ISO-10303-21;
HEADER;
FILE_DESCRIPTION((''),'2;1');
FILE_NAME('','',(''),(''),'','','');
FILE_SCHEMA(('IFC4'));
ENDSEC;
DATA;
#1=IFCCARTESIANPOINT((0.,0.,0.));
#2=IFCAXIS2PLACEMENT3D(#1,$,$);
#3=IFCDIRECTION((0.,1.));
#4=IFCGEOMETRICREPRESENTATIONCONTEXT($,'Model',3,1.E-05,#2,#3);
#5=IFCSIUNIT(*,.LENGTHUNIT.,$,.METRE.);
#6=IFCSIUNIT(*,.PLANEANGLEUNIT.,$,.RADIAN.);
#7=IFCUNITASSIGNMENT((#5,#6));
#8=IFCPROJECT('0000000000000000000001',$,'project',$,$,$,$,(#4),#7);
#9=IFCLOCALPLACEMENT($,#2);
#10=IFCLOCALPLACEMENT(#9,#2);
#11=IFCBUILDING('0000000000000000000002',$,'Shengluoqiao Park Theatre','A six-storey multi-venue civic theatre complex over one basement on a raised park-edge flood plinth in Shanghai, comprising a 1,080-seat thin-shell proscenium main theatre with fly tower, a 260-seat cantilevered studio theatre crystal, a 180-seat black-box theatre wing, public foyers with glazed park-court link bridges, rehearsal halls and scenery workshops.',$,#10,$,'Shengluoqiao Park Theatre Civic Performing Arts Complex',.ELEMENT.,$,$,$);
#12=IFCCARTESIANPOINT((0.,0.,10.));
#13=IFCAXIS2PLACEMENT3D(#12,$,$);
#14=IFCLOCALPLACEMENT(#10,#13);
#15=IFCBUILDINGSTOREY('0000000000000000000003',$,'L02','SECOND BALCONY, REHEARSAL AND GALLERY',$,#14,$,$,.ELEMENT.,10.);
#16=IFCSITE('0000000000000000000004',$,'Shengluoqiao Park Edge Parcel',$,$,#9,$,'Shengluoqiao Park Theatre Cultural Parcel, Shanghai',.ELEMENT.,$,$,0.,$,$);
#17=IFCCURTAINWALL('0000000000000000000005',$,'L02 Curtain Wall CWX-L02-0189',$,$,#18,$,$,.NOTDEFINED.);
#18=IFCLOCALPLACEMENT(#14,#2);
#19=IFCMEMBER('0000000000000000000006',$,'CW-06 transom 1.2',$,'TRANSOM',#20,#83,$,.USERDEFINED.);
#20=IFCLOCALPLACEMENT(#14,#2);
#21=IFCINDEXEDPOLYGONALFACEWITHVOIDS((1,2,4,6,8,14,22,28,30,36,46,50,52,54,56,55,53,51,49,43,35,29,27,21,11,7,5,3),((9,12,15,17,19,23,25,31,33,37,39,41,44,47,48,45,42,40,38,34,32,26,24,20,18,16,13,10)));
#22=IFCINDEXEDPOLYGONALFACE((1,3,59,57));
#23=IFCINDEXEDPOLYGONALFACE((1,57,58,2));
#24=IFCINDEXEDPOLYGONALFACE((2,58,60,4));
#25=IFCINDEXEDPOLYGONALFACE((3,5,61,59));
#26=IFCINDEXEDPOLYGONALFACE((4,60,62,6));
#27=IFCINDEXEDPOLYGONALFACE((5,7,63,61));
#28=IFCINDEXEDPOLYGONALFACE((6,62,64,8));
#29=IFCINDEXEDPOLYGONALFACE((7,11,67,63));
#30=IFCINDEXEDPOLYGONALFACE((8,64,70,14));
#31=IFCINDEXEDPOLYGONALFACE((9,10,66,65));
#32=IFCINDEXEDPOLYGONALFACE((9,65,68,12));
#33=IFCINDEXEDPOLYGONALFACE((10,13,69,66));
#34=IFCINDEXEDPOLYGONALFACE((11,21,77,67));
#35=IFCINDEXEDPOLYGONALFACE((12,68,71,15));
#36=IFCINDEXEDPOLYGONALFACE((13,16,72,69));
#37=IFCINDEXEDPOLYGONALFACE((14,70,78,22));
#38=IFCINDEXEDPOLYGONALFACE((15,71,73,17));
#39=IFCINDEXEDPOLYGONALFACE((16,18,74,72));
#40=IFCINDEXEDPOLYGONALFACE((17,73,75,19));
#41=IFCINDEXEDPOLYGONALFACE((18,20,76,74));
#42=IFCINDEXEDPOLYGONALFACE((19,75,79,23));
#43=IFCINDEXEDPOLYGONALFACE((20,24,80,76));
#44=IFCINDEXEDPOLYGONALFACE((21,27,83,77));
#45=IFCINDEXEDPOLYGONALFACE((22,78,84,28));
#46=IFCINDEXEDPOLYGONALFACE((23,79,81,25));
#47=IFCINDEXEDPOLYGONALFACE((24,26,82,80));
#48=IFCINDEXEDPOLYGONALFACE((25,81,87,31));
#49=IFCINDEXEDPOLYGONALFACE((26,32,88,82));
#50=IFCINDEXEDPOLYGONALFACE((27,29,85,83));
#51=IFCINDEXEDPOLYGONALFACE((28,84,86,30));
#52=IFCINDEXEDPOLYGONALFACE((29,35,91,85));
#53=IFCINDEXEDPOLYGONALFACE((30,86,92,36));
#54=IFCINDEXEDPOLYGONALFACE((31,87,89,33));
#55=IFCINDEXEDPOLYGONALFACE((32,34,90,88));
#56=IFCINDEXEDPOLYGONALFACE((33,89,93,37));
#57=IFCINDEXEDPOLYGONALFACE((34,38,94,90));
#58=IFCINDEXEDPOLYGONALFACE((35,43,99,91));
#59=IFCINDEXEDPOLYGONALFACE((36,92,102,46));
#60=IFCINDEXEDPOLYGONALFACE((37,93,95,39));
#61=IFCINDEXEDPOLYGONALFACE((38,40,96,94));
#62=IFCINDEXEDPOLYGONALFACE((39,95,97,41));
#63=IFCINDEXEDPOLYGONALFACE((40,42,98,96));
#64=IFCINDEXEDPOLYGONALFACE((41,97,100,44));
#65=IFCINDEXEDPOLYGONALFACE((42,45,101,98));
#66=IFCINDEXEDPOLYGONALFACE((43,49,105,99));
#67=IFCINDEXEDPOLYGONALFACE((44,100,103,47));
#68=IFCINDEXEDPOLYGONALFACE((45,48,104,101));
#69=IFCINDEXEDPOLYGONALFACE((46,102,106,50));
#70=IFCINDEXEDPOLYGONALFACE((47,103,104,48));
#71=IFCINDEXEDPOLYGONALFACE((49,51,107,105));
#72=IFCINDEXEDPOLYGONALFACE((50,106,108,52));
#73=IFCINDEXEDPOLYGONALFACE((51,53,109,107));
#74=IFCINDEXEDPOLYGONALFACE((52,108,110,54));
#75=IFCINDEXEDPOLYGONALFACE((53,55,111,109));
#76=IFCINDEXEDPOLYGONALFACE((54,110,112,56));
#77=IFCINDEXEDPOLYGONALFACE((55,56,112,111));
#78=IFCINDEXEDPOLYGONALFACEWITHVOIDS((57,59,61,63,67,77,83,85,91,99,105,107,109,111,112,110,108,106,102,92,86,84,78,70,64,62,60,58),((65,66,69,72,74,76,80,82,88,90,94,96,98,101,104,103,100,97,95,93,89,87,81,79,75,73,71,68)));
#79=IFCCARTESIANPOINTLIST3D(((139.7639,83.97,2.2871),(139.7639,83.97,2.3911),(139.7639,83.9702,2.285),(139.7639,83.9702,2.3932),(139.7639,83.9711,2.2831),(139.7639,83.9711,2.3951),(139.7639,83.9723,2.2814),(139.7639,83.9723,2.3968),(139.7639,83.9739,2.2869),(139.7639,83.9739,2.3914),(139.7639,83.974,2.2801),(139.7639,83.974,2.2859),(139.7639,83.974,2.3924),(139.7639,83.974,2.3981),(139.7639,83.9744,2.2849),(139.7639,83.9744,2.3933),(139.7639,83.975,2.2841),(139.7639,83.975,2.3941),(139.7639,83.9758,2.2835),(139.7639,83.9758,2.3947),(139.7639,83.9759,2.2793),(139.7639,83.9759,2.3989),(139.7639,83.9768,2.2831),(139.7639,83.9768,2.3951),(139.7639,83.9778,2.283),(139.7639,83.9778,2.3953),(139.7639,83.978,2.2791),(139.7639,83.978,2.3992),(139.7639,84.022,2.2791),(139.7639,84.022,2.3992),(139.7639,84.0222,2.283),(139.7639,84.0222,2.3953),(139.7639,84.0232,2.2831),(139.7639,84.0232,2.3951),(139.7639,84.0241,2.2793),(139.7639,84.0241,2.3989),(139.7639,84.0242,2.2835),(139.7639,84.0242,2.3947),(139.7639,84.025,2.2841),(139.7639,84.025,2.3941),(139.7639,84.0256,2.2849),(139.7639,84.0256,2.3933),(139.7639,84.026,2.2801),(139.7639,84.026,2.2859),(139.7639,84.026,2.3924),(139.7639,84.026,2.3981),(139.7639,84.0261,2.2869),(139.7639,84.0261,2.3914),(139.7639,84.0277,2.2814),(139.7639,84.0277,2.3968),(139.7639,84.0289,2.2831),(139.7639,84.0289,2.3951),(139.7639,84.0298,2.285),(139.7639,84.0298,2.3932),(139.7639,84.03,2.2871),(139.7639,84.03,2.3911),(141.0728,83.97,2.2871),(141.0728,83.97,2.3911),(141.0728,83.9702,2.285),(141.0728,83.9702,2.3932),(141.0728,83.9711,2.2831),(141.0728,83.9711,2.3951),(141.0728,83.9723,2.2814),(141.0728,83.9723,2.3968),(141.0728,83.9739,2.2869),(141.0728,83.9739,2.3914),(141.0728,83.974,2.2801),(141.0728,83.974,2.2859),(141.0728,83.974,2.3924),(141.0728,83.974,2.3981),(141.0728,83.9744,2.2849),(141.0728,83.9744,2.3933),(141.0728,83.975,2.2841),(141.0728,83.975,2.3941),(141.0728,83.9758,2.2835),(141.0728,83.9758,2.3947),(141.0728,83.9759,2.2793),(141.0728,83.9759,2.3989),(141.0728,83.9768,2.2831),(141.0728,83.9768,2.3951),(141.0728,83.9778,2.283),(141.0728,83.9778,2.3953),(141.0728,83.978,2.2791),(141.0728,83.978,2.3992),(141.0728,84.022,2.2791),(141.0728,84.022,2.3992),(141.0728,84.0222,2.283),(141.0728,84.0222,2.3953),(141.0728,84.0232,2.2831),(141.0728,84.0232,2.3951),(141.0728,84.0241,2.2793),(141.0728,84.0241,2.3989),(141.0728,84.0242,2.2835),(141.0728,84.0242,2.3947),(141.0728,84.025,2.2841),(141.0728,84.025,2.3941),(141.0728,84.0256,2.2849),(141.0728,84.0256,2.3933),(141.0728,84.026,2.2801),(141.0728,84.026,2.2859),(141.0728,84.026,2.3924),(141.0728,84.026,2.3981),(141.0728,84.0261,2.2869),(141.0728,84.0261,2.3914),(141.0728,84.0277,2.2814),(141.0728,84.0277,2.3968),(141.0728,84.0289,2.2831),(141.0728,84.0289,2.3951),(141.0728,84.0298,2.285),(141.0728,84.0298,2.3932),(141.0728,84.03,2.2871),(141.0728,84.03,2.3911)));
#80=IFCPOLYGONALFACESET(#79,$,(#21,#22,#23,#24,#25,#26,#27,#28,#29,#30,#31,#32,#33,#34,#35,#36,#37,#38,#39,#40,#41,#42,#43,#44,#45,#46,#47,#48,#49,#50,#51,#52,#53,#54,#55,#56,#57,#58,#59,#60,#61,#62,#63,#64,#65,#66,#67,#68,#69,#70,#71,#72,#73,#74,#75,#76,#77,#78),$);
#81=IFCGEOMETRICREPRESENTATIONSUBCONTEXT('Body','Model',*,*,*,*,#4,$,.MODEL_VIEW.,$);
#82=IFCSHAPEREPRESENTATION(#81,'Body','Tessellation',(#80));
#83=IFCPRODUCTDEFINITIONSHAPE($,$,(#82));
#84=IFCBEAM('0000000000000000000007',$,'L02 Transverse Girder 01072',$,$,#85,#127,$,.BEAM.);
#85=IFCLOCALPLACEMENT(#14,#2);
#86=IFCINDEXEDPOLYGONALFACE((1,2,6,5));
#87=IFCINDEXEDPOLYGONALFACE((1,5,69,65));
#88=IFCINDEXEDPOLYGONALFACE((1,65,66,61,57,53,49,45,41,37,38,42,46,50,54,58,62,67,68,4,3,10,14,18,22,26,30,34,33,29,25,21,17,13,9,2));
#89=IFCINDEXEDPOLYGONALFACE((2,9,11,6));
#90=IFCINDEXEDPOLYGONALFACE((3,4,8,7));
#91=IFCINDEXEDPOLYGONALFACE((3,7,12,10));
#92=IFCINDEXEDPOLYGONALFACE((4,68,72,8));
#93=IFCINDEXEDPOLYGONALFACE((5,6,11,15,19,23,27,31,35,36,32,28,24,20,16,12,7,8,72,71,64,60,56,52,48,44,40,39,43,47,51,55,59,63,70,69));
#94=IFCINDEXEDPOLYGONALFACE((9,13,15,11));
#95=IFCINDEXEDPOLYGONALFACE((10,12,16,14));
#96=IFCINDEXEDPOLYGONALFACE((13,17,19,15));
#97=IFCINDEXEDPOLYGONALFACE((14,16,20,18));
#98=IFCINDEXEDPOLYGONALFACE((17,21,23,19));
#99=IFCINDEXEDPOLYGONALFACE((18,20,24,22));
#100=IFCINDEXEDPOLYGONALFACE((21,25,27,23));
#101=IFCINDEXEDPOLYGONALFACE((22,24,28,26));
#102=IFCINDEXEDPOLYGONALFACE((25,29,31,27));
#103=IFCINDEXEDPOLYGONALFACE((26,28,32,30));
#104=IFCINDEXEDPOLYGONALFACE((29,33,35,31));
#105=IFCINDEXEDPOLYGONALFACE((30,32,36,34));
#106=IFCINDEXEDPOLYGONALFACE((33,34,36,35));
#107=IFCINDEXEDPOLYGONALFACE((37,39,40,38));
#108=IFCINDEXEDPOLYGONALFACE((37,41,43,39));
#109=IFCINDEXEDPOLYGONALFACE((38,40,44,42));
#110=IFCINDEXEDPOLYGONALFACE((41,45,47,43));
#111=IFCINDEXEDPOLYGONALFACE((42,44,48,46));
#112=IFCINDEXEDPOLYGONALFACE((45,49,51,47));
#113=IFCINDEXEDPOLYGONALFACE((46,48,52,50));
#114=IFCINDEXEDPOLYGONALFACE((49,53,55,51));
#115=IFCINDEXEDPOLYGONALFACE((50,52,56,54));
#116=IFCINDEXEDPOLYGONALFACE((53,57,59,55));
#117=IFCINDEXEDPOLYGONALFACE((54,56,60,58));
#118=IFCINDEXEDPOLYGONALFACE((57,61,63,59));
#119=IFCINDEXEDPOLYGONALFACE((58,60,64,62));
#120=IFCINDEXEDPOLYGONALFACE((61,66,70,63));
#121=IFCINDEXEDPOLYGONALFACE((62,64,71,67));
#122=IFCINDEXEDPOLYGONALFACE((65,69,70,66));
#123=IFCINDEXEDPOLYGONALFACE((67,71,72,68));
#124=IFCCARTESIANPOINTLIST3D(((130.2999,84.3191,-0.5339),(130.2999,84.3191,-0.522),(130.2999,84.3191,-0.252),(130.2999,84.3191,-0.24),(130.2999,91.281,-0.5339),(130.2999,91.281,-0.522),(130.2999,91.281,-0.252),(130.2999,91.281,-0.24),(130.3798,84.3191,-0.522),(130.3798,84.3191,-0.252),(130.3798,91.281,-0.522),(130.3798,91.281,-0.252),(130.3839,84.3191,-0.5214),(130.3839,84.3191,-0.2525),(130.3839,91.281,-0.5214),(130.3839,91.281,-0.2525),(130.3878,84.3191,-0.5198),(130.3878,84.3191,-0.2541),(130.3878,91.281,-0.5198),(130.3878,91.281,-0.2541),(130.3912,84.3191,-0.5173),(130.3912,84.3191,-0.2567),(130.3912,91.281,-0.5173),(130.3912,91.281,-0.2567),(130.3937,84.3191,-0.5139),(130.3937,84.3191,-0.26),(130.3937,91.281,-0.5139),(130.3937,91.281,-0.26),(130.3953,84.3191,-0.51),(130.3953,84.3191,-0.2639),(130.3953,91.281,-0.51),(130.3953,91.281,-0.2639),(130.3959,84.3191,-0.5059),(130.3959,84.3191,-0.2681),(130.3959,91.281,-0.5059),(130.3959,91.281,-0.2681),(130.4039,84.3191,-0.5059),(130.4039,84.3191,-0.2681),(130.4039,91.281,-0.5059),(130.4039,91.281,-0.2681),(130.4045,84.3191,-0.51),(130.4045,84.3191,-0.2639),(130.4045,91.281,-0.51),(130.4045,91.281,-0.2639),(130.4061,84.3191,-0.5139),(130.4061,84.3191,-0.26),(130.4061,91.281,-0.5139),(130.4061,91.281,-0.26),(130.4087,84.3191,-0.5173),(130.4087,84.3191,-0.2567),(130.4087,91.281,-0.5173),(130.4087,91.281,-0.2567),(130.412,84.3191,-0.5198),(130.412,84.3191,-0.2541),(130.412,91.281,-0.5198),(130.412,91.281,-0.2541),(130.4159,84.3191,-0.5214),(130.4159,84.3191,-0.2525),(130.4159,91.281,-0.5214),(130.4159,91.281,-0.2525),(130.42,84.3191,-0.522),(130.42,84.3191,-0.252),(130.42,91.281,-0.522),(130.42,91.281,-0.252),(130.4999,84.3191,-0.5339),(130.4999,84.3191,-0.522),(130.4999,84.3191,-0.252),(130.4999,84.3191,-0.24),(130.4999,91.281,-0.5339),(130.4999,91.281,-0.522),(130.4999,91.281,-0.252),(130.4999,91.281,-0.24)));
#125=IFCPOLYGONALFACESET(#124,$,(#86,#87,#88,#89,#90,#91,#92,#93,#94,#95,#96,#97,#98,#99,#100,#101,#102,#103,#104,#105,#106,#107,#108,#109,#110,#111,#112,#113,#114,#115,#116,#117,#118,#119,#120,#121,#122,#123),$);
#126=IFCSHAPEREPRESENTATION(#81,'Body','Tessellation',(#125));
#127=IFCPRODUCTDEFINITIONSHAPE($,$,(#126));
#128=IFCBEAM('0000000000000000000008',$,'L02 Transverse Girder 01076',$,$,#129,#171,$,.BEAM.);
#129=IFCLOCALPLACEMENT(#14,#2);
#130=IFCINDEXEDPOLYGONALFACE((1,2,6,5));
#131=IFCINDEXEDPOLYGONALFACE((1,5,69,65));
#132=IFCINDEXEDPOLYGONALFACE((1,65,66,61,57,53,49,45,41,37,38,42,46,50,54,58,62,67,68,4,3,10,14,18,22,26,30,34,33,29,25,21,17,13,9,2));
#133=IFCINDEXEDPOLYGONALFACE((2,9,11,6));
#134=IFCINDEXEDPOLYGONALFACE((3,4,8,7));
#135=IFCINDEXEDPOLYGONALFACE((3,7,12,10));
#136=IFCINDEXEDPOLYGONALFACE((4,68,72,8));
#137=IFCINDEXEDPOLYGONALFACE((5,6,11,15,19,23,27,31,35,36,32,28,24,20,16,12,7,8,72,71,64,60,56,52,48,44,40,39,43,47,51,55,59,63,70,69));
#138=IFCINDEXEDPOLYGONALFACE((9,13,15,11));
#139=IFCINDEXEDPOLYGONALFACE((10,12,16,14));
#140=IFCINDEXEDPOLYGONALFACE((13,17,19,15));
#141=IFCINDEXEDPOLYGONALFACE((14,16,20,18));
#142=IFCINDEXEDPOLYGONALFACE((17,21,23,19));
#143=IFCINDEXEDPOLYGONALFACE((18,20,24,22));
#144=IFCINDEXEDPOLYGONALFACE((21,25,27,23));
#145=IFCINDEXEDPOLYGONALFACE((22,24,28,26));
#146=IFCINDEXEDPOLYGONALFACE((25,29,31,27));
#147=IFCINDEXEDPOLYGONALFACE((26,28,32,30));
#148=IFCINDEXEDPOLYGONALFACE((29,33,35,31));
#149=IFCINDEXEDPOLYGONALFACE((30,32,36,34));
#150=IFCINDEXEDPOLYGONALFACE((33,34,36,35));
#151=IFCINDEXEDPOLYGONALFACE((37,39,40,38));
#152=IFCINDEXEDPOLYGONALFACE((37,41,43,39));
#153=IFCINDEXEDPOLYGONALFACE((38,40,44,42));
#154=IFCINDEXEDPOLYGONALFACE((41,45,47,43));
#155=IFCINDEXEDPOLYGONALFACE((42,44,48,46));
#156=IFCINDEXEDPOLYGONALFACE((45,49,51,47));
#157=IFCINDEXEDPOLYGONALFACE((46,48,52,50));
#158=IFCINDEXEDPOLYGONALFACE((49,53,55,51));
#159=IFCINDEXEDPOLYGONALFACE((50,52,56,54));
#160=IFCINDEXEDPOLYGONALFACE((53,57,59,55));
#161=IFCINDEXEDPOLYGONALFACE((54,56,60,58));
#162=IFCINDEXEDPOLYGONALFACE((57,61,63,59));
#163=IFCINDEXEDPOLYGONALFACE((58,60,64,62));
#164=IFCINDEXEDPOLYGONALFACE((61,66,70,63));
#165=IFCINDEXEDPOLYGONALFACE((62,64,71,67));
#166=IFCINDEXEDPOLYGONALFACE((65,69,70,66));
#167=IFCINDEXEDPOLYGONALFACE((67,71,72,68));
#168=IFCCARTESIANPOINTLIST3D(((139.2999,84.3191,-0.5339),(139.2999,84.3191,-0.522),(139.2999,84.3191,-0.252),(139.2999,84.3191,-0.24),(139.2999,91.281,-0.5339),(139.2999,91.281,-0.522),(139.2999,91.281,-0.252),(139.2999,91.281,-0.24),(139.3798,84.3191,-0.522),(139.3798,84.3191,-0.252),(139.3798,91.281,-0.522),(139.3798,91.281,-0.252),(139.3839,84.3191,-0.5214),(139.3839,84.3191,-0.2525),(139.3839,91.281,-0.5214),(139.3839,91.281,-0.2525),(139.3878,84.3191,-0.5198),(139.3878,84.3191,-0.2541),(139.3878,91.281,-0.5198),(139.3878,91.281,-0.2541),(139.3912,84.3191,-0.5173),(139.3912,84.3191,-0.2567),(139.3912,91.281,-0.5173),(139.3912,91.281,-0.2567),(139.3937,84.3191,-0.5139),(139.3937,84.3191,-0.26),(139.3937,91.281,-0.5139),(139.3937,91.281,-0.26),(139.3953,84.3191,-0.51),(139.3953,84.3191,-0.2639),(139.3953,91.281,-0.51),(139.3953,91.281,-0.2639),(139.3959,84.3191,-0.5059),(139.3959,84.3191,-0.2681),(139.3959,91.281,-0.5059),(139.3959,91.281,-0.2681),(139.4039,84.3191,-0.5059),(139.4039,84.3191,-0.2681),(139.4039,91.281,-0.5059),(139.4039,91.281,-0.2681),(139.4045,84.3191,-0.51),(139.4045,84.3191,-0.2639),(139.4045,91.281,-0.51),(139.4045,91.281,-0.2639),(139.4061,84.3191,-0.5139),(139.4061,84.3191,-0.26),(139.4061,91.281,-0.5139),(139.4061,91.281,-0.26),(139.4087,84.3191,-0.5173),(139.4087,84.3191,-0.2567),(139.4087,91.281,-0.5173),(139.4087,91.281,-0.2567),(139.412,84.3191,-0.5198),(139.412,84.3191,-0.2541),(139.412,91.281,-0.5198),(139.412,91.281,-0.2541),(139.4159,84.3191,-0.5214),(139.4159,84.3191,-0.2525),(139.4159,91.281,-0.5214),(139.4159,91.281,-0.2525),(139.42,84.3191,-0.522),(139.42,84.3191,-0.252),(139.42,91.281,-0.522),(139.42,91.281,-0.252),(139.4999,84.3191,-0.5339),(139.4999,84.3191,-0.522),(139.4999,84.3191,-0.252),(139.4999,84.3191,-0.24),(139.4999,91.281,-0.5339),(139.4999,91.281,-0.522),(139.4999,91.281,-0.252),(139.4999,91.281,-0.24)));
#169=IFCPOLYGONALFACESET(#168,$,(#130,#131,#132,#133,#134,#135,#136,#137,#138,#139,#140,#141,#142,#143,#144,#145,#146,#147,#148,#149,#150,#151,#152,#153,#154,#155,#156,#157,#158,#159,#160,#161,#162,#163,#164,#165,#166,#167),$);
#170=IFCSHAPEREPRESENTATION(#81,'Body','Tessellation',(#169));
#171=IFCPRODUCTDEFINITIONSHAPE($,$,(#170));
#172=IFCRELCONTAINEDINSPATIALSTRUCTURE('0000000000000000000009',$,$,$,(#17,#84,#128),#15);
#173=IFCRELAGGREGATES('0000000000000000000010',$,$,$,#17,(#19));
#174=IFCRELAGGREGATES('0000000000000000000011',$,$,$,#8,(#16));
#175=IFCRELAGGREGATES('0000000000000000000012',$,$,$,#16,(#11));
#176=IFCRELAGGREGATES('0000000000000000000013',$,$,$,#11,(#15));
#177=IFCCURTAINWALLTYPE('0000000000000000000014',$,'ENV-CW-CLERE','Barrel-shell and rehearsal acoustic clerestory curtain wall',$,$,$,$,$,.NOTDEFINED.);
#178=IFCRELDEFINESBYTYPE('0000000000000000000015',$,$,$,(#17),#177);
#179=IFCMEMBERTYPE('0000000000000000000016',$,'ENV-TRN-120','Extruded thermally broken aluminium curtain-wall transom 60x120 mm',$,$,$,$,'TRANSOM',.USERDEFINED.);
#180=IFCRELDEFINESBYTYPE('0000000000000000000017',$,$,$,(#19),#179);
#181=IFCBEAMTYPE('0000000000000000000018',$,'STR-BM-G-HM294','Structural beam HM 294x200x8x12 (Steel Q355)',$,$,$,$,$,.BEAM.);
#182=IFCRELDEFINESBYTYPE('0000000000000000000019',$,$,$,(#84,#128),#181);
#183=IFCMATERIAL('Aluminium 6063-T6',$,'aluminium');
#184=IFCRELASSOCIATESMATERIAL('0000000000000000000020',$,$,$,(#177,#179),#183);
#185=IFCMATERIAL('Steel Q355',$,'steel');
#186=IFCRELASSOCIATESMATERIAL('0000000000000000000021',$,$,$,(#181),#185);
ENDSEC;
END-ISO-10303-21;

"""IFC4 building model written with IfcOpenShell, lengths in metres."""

from ifc_helpers import new_model, si_unit, direction, frame, origin, origin_2d, place, context, subcontext, project, spatial, hollow_rectangle, i_section, extrude, material, material_profile, profile_set, type_object, element, aggregate, save


model = new_model("IFC4")

# Units and contexts
model_context = context("Model", 3, precision=1e-05, world=origin(), true_north=direction((0.0, 1.0)))
body_context = subcontext(model_context, "Body", "Model", "MODEL_VIEW")
ifc_project = project(units=[si_unit("LENGTHUNIT", "METRE"), si_unit("PLANEANGLEUNIT", "RADIAN")], contexts=[model_context])

# Site, building, storey
site_placement = place(None, origin())
site = spatial("IfcSite", under=ifc_project, at=site_placement, Name="Shengluoqiao Park Edge Parcel", LongName="Shengluoqiao Park Theatre Cultural Parcel, Shanghai", CompositionType="ELEMENT", RefElevation=0.0)
building_placement = place(site_placement, origin())
building = spatial("IfcBuilding", under=site, at=building_placement, Name="Shengluoqiao Park Theatre", Description="A six-storey multi-venue civic theatre complex over one basement on a raised park-edge flood plinth in Shanghai, comprising a 1,080-seat thin-shell proscenium main theatre with fly tower, a 260-seat cantilevered studio theatre crystal, a 180-seat black-box theatre wing, public foyers with glazed park-court link bridges, rehearsal halls and scenery workshops.", LongName="Shengluoqiao Park Theatre Civic Performing Arts Complex", CompositionType="ELEMENT")
storey_placement = place(building_placement, frame((0.0, 0.0, 10.0)))
storey = spatial("IfcBuildingStorey", under=building, at=storey_placement, Name="L02", Description="SECOND BALCONY, REHEARSAL AND GALLERY", CompositionType="ELEMENT", Elevation=10.0)

# Curtain wall, member
ifc_material_1 = material(Name="Aluminium 6063-T6", Category="aluminium")
curtain_wall_type = type_object("IfcCurtainWallType", Name="ENV-CW-CLERE", Description="Barrel-shell and rehearsal acoustic clerestory curtain wall", PredefinedType="NOTDEFINED", material=ifc_material_1)
curtain_wall_placement = place(storey_placement, origin())
curtain_wall = element("IfcCurtainWall", 1, at=curtain_wall_placement, inside=storey, type_object=curtain_wall_type, Name="L02 Curtain Wall CWX-L02-0189", PredefinedType="NOTDEFINED")
ifc_material_profile_1 = material_profile(ifc_material_1, hollow_rectangle(XDim=0.0601, YDim=0.1201, WallThickness=0.0039, InnerFilletRadius=0.0039, OuterFilletRadius=0.0081, at=origin_2d()), Name="ALU TRANSOM 120x60x4")
ifc_profile_set_1 = profile_set([ifc_material_profile_1], Name="Aluminium 6063-T6")
member_type_1 = type_object("IfcMemberType", Name="ENV-TRN-120", Description="Extruded thermally broken aluminium curtain-wall transom 60x120 mm", ElementType="TRANSOM", PredefinedType="USERDEFINED", material=ifc_profile_set_1)
member_1_placement = place(storey_placement, frame((139.7639, 84.0, 2.3391), z_axis=(1.0, 0.0, 0.0), x_axis=(0.0, 1.0, 0.0)))
member_1 = element("IfcMember", 2, at=member_1_placement, type_object=member_type_1, Name="CW-06 transom 1.2", ObjectType="TRANSOM", PredefinedType="USERDEFINED", context=body_context, shape_type="SweptSolid", body=[
    extrude(hollow_rectangle(XDim=0.0601, YDim=0.1201, WallThickness=0.0039, InnerFilletRadius=0.0039, OuterFilletRadius=0.0081, at=origin_2d()), origin(), (0.0, 0.0, 1.0), 1.3088),
])
aggregate(curtain_wall, [member_1])

# Beams
ifc_material_2 = material(Name="Steel Q355", Category="steel")
ifc_material_profile_2 = material_profile(ifc_material_2, i_section(OverallWidth=0.2, OverallDepth=0.2939, WebThickness=0.0081, FlangeThickness=0.012, FilletRadius=0.0161, at=origin_2d()), Name="HM 294x200x8x12")
ifc_profile_set_2 = profile_set([ifc_material_profile_2], Name="Steel Q355")
beam_type_1 = type_object("IfcBeamType", Name="STR-BM-G-HM294", Description="Structural beam HM 294x200x8x12 (Steel Q355)", PredefinedType="BEAM", material=ifc_profile_set_2)
for number, where, z_axis, x_axis, name in (
    (3, (130.3999, 84.3191, -0.387), (0.0, 1.0, 0.0), (-1.0, 0.0, 0.0), "L02 Transverse Girder 01072"),
    (4, (139.3999, 84.3191, -0.387), (0.0, 1.0, 0.0), (-1.0, 0.0, 0.0), "L02 Transverse Girder 01076"),
):
    element("IfcBeam", number, at=place(storey_placement, frame(where, z_axis=z_axis, x_axis=x_axis)), inside=storey, type_object=beam_type_1, Name=name, PredefinedType="BEAM", context=body_context, shape_type="SweptSolid", body=[
        extrude(i_section(OverallWidth=0.2, OverallDepth=0.2939, WebThickness=0.0081, FlangeThickness=0.012, FilletRadius=0.0161, at=origin_2d()), origin(), (0.0, 0.0, 1.0), 6.9619),
    ])

save(model, "model.ifc")
